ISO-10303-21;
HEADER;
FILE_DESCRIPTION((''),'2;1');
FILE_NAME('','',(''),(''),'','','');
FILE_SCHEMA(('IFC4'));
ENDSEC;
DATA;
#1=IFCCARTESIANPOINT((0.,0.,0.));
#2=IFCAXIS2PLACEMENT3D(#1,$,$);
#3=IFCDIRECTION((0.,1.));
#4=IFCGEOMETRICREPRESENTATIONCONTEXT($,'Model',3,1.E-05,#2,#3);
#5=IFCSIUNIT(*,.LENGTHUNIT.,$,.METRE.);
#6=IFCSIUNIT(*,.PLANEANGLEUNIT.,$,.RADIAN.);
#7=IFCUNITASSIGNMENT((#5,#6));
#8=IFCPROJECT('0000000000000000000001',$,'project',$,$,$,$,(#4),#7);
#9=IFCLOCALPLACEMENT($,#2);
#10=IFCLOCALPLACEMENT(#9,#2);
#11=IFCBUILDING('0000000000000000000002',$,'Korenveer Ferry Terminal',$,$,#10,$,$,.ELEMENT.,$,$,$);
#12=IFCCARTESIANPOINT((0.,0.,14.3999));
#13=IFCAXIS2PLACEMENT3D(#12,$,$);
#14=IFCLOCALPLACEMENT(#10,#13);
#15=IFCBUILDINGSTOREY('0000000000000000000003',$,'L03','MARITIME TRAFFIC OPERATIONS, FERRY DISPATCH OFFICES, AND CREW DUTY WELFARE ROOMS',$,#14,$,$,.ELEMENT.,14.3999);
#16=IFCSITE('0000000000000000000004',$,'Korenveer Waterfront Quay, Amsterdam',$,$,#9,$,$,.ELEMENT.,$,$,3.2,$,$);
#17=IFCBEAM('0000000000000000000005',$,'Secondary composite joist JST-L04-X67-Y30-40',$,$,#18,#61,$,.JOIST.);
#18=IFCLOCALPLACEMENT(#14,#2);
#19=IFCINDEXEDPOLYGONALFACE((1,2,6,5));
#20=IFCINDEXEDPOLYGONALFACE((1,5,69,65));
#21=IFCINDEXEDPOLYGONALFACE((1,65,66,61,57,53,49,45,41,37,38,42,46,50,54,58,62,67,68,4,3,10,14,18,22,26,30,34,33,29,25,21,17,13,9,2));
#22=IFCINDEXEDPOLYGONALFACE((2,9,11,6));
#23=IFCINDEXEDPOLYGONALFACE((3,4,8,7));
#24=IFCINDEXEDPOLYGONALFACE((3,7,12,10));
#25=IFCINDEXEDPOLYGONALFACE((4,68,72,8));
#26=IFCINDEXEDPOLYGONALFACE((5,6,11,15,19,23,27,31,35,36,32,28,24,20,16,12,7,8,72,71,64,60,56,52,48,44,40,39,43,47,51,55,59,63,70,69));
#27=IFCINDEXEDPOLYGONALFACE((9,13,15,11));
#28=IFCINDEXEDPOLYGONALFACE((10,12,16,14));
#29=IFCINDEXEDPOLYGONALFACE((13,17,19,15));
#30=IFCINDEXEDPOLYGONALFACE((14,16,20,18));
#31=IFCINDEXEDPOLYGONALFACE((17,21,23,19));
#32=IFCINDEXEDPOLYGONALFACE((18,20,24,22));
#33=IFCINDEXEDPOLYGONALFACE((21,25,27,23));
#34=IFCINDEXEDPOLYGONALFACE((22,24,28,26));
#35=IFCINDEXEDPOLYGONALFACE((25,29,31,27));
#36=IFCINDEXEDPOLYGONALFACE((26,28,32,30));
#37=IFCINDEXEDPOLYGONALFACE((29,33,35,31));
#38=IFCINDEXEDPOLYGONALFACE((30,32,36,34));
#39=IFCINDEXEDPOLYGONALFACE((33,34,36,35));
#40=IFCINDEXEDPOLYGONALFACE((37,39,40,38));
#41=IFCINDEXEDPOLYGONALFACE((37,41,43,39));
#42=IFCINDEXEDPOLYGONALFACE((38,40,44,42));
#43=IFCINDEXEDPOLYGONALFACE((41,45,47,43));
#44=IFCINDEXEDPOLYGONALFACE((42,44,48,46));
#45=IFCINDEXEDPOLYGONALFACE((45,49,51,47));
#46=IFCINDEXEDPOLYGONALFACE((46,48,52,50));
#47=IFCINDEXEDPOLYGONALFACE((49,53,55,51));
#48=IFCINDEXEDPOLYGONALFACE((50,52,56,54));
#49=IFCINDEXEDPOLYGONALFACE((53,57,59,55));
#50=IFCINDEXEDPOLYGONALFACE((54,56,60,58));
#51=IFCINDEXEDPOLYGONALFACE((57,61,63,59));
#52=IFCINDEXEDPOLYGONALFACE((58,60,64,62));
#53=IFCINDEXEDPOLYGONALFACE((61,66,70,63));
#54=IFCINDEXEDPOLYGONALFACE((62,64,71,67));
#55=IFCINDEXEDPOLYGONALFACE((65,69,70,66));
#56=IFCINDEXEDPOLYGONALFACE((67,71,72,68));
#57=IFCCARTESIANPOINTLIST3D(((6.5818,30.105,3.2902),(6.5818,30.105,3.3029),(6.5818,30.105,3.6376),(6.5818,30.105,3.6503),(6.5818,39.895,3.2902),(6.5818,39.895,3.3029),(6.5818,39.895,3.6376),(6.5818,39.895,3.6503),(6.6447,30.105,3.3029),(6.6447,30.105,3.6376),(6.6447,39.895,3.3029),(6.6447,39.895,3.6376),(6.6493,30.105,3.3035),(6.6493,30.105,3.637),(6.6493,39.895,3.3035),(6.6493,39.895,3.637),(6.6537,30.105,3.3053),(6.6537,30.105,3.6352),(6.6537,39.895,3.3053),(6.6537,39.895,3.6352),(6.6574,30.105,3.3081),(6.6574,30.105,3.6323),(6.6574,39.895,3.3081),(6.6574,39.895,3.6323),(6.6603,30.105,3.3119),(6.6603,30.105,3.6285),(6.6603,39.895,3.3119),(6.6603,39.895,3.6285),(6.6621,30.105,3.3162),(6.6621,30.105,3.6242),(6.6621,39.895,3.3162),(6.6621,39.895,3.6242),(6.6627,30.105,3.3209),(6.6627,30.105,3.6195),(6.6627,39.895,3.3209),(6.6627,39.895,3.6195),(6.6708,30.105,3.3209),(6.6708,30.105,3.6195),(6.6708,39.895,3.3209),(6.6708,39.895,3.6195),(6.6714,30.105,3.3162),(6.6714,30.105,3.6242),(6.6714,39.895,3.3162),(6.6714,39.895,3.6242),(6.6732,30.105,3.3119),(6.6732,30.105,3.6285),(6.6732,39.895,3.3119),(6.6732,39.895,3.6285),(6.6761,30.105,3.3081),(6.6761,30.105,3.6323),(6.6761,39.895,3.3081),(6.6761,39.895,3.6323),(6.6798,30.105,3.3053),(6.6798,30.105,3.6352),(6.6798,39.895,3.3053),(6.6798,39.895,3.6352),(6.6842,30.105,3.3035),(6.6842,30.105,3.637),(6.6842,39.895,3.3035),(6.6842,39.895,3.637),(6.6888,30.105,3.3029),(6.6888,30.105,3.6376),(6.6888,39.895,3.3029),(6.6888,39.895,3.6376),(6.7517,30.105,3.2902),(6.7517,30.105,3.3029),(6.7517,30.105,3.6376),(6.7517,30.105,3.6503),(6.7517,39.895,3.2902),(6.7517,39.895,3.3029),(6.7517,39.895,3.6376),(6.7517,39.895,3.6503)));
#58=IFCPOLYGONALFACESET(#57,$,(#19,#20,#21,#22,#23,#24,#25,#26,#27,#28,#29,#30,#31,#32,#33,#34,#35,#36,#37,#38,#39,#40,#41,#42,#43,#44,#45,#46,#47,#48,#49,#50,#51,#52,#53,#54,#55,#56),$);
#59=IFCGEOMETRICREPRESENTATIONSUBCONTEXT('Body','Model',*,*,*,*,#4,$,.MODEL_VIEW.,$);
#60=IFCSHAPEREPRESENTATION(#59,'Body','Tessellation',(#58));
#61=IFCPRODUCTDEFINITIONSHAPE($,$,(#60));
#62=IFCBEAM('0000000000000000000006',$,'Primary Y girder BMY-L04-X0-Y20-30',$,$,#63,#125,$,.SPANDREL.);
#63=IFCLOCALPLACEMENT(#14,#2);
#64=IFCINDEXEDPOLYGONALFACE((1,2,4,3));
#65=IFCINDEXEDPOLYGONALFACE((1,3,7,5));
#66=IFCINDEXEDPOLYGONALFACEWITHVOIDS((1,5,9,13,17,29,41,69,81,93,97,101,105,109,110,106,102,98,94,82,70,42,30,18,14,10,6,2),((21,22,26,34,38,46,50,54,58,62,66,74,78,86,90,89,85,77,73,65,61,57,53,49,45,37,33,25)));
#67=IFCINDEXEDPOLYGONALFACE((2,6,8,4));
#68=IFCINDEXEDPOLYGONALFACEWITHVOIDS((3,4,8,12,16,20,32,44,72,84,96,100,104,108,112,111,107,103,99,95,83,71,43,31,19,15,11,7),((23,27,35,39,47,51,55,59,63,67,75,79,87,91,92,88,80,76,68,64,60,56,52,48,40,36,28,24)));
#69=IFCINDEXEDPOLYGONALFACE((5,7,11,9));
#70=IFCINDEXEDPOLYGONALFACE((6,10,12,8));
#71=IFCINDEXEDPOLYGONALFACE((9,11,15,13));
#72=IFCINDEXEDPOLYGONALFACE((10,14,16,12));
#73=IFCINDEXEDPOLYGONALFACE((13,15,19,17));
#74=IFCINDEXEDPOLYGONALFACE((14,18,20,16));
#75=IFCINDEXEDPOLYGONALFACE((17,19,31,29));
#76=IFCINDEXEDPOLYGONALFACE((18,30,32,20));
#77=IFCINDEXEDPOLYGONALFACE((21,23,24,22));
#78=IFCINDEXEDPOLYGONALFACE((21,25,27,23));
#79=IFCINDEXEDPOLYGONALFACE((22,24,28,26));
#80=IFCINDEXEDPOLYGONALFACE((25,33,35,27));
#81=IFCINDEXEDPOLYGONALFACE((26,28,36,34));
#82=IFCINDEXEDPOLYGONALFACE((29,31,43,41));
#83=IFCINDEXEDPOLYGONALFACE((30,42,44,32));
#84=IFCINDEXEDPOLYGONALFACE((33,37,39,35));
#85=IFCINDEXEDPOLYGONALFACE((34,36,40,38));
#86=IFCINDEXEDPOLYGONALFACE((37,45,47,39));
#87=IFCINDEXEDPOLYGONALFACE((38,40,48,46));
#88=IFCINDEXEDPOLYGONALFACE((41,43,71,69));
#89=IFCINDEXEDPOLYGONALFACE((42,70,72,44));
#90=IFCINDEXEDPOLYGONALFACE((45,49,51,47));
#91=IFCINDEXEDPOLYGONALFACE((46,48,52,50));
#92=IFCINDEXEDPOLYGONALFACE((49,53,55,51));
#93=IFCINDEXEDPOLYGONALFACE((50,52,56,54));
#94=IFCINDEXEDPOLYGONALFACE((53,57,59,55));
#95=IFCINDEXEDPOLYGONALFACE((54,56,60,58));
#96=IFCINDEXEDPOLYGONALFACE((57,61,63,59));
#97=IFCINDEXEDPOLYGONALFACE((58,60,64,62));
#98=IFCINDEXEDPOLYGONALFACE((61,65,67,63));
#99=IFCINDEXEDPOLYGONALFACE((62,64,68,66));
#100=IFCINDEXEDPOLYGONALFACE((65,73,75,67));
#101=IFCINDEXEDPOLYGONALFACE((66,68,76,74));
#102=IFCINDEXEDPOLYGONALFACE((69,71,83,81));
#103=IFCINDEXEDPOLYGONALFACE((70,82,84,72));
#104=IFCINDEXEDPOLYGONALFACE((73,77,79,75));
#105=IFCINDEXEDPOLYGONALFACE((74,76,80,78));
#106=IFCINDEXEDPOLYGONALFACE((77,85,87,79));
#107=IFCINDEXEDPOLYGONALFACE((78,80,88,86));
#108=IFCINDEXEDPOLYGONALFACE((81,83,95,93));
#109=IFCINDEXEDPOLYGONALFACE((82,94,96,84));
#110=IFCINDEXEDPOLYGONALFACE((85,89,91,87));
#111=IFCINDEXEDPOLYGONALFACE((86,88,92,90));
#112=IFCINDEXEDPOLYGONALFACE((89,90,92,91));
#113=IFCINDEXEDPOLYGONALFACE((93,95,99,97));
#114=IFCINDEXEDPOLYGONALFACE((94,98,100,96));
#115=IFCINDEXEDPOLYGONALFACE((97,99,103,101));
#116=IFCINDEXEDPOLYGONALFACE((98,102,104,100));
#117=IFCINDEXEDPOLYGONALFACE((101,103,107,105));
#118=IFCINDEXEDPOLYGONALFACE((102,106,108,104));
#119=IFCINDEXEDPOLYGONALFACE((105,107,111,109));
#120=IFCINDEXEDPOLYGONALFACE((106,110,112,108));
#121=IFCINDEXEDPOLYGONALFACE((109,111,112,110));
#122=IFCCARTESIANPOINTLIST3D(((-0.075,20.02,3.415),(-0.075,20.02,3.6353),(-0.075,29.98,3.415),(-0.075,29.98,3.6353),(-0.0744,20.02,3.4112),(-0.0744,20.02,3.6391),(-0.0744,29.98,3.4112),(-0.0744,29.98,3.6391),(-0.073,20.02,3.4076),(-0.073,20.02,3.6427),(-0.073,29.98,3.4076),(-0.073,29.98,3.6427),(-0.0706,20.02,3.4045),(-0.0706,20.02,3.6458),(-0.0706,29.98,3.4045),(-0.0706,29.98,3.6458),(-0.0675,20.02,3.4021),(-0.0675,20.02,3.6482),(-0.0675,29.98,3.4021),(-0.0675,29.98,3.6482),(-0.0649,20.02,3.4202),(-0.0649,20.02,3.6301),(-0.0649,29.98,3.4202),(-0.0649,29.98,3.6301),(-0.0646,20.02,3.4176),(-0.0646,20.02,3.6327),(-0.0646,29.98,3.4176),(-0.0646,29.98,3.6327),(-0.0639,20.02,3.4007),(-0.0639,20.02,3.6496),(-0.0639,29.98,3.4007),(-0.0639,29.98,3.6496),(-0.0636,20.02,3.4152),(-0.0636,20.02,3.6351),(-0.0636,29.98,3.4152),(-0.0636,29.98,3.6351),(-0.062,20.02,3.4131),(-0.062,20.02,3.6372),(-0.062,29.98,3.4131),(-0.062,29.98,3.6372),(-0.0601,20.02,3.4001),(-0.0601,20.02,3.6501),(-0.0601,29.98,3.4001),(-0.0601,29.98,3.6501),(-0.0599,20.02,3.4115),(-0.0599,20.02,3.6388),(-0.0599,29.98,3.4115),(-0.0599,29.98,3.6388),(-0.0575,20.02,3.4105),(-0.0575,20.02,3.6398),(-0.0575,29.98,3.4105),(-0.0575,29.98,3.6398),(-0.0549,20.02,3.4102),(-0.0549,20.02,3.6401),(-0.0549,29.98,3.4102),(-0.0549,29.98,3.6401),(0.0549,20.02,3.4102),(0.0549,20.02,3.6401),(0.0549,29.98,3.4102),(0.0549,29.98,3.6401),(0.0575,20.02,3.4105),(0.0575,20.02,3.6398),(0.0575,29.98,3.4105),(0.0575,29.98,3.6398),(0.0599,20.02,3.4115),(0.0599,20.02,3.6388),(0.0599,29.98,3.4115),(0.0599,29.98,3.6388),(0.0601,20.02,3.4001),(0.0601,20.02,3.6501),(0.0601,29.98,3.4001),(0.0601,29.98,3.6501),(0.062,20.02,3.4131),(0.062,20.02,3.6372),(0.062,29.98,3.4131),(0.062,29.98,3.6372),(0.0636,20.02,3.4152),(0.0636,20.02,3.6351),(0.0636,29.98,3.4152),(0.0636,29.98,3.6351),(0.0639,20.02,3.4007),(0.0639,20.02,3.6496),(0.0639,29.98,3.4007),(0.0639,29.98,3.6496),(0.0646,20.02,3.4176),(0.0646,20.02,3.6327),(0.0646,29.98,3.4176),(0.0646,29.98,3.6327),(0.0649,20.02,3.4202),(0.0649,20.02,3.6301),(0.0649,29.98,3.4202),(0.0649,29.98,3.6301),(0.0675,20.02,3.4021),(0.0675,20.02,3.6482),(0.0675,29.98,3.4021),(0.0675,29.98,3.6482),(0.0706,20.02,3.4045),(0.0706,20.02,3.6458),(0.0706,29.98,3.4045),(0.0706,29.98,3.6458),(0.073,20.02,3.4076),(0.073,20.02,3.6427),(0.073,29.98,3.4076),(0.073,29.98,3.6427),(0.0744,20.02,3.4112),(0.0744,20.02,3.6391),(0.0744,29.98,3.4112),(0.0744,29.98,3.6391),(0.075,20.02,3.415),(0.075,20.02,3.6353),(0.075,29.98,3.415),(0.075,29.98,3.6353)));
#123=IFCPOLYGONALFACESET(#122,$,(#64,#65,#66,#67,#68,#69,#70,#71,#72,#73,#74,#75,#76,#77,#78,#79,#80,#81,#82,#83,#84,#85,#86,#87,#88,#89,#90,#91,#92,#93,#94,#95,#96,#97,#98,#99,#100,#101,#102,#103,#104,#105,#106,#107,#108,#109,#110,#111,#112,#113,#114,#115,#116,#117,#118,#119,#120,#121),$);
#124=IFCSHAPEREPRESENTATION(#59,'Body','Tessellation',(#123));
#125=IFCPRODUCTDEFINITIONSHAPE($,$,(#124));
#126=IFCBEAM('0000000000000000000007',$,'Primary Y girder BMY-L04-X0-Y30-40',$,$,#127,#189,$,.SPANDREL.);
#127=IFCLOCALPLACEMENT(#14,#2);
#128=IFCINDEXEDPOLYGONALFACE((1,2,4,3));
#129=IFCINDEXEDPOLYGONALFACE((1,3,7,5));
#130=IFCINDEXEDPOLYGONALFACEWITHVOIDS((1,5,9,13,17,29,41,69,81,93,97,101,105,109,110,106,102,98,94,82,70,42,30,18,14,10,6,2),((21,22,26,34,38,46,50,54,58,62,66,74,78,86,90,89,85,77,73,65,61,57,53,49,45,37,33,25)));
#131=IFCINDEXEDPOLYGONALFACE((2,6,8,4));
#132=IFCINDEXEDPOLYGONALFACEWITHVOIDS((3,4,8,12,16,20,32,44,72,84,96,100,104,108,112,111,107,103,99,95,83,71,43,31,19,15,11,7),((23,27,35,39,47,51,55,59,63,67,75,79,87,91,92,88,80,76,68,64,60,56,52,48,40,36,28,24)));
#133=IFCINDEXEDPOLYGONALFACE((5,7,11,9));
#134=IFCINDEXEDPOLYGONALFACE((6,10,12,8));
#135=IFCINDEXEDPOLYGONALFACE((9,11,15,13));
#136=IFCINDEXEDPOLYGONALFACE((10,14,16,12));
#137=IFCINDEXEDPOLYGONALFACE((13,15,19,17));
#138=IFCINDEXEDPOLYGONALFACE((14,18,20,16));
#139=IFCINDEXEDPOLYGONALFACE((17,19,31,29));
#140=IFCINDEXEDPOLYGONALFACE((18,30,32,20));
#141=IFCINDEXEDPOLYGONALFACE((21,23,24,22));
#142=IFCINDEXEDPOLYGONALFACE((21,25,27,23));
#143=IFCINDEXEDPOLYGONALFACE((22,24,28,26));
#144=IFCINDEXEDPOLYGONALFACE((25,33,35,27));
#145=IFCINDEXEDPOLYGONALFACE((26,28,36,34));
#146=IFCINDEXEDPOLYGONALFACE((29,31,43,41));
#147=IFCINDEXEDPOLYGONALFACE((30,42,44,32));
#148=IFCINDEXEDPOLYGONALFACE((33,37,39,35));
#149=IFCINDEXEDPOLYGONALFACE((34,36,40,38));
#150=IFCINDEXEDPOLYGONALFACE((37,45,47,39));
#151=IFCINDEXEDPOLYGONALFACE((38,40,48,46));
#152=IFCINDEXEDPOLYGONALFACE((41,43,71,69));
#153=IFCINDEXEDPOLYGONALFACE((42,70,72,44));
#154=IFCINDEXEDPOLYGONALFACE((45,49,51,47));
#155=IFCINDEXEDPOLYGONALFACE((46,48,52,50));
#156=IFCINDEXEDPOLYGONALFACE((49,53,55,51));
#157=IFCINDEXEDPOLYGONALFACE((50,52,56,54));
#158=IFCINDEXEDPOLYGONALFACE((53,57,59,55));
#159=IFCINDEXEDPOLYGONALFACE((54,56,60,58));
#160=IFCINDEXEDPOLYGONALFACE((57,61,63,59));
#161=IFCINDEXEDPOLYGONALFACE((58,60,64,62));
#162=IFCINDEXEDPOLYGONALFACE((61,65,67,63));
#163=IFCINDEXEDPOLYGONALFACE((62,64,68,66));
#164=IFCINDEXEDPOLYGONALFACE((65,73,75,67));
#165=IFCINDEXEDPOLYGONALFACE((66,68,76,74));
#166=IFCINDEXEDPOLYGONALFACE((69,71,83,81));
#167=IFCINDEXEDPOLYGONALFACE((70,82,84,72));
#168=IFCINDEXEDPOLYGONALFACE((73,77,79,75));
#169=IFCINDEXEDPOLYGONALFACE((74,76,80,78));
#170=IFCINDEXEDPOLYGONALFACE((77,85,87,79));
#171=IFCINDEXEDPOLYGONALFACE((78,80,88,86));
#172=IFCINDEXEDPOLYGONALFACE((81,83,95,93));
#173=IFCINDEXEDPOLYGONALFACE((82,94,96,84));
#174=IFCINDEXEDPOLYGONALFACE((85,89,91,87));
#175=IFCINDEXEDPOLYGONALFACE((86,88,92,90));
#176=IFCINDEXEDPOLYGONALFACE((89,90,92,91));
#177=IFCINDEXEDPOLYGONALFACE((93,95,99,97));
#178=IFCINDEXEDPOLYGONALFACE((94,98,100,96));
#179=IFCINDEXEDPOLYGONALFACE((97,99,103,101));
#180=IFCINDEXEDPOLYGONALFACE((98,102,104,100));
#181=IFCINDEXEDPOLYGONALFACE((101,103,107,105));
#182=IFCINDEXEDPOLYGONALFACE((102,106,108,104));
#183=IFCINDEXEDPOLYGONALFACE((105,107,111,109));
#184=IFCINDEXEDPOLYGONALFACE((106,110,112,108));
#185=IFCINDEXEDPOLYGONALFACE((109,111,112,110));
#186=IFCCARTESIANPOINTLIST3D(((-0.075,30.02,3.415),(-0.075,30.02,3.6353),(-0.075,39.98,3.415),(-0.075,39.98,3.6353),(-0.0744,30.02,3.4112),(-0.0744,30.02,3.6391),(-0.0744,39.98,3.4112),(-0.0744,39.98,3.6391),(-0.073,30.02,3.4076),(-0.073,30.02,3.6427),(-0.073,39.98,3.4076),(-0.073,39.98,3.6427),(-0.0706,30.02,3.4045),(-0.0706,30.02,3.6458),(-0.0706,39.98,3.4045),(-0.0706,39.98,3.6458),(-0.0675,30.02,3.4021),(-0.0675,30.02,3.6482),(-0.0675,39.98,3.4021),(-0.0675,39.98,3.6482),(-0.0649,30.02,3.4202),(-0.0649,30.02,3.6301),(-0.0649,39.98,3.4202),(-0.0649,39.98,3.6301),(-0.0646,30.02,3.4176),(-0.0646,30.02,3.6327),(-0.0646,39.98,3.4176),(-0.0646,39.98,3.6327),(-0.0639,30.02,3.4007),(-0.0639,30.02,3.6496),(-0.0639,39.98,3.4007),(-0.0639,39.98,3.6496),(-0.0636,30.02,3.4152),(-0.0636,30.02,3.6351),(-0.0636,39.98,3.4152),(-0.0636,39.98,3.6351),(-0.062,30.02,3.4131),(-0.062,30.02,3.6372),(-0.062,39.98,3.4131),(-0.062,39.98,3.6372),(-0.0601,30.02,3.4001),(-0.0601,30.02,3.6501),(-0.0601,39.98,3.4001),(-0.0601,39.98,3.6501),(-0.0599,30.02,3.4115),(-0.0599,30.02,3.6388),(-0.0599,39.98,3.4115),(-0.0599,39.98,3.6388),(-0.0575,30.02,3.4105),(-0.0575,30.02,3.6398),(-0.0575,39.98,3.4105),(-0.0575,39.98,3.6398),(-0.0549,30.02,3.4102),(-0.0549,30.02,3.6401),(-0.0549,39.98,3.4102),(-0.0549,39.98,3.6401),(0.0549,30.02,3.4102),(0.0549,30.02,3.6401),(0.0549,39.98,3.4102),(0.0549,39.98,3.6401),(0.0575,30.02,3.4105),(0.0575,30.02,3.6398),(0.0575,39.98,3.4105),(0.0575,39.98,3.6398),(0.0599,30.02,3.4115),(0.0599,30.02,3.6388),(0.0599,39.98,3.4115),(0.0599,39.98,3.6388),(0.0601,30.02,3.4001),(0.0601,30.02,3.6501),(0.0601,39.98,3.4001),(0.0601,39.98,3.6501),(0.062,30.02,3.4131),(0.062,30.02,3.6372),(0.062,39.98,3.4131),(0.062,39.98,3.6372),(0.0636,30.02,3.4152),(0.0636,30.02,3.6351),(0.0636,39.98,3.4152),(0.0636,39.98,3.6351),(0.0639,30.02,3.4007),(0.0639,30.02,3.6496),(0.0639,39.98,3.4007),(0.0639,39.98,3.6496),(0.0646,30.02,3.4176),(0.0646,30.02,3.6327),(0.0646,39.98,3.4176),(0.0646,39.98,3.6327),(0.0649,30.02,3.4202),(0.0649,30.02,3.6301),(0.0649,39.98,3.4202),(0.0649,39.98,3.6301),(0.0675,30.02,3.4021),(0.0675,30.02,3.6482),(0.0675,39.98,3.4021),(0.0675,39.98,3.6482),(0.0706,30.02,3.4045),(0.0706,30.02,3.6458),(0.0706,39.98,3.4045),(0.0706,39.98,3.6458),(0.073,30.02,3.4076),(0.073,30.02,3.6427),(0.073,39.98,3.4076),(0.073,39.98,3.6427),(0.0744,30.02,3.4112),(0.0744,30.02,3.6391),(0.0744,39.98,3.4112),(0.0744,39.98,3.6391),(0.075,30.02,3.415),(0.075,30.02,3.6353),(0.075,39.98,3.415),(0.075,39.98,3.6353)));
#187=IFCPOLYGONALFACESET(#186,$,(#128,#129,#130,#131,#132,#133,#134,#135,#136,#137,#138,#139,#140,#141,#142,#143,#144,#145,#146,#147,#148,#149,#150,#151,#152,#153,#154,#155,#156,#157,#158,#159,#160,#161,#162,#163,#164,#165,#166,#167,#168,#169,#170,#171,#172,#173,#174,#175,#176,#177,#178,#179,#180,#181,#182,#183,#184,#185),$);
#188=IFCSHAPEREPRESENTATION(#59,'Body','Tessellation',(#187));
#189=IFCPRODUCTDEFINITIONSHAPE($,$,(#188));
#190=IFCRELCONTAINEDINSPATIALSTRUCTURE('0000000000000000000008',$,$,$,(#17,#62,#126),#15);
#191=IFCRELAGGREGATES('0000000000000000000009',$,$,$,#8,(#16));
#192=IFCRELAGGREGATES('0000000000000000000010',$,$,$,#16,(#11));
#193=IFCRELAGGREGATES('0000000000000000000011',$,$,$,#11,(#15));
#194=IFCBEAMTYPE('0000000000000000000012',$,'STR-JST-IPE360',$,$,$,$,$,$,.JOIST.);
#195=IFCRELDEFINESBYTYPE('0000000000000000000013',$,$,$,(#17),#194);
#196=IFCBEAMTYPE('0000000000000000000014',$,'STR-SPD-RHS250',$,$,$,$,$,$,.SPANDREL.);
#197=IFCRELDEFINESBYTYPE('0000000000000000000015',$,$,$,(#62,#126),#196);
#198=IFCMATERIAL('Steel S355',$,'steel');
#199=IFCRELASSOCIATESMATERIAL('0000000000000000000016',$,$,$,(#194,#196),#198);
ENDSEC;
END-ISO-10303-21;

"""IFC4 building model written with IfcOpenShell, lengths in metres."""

from ifc_helpers import new_model, si_unit, direction, frame, origin, origin_2d, place, context, subcontext, project, spatial, hollow_rectangle, i_section, extrude, material, material_profile, profile_set, type_object, element, save


model = new_model("IFC4")

# Units and contexts
model_context = context("Model", 3, precision=1e-05, world=origin(), true_north=direction((0.0, 1.0)))
body_context = subcontext(model_context, "Body", "Model", "MODEL_VIEW")
ifc_project = project(units=[si_unit("LENGTHUNIT", "METRE"), si_unit("PLANEANGLEUNIT", "RADIAN")], contexts=[model_context])

# Site, building, storey
site_placement = place(None, origin())
site = spatial("IfcSite", under=ifc_project, at=site_placement, Name="Korenveer Waterfront Quay, Amsterdam", CompositionType="ELEMENT", RefElevation=3.2)
building_placement = place(site_placement, origin())
building = spatial("IfcBuilding", under=site, at=building_placement, Name="Korenveer Ferry Terminal", CompositionType="ELEMENT")
storey_placement = place(building_placement, frame((0.0, 0.0, 14.3999)))
storey = spatial("IfcBuildingStorey", under=building, at=storey_placement, Name="L03", Description="MARITIME TRAFFIC OPERATIONS, FERRY DISPATCH OFFICES, AND CREW DUTY WELFARE ROOMS", CompositionType="ELEMENT", Elevation=14.3999)

# Beams
ifc_material_1 = material(Name="Steel S355", Category="steel")
ifc_material_profile_1 = material_profile(ifc_material_1, i_section(OverallWidth=0.1699, OverallDepth=0.3601, WebThickness=0.0081, FlangeThickness=0.0127, FilletRadius=0.0181, at=origin_2d()), Name="IPE 360")
ifc_profile_set_1 = profile_set([ifc_material_profile_1], Name="Steel S355")
beam_type_1 = type_object("IfcBeamType", Name="STR-JST-IPE360", PredefinedType="JOIST", material=ifc_profile_set_1)
for number, where, z_axis, x_axis, name in (
    (1, (6.6667, 30.105, 3.4702), (0.0, 1.0, 0.0), (-1.0, 0.0, 0.0), "Secondary composite joist JST-L04-X67-Y30-40"),
):
    element("IfcBeam", number, at=place(storey_placement, frame(where, z_axis=z_axis, x_axis=x_axis)), inside=storey, type_object=beam_type_1, Name=name, PredefinedType="JOIST", context=body_context, shape_type="SweptSolid", body=[
        extrude(i_section(OverallWidth=0.1699, OverallDepth=0.3601, WebThickness=0.0081, FlangeThickness=0.0127, FilletRadius=0.0181, at=origin_2d()), origin(), (0.0, 0.0, 1.0), 9.79),
    ])
ifc_material_profile_2 = material_profile(ifc_material_1, hollow_rectangle(XDim=0.1499, YDim=0.25, WallThickness=0.01, InnerFilletRadius=0.01, OuterFilletRadius=0.0149, at=origin_2d()), Name="RHS 250x150x10")
ifc_profile_set_2 = profile_set([ifc_material_profile_2], Name="Steel S355")
beam_type_2 = type_object("IfcBeamType", Name="STR-SPD-RHS250", PredefinedType="SPANDREL", material=ifc_profile_set_2)
for number, where, z_axis, x_axis, name in (
    (2, (0.0, 20.02, 3.5251), (0.0, 1.0, 0.0), (-1.0, 0.0, 0.0), "Primary Y girder BMY-L04-X0-Y20-30"),
    (3, (0.0, 30.02, 3.5251), (0.0, 1.0, 0.0), (-1.0, 0.0, 0.0), "Primary Y girder BMY-L04-X0-Y30-40"),
):
    element("IfcBeam", number, at=place(storey_placement, frame(where, z_axis=z_axis, x_axis=x_axis)), inside=storey, type_object=beam_type_2, Name=name, PredefinedType="SPANDREL", context=body_context, shape_type="SweptSolid", body=[
        extrude(hollow_rectangle(XDim=0.1499, YDim=0.25, WallThickness=0.01, InnerFilletRadius=0.01, OuterFilletRadius=0.0149, at=origin_2d()), origin(), (0.0, 0.0, 1.0), 9.96),
    ])

save(model, "model.ifc")
